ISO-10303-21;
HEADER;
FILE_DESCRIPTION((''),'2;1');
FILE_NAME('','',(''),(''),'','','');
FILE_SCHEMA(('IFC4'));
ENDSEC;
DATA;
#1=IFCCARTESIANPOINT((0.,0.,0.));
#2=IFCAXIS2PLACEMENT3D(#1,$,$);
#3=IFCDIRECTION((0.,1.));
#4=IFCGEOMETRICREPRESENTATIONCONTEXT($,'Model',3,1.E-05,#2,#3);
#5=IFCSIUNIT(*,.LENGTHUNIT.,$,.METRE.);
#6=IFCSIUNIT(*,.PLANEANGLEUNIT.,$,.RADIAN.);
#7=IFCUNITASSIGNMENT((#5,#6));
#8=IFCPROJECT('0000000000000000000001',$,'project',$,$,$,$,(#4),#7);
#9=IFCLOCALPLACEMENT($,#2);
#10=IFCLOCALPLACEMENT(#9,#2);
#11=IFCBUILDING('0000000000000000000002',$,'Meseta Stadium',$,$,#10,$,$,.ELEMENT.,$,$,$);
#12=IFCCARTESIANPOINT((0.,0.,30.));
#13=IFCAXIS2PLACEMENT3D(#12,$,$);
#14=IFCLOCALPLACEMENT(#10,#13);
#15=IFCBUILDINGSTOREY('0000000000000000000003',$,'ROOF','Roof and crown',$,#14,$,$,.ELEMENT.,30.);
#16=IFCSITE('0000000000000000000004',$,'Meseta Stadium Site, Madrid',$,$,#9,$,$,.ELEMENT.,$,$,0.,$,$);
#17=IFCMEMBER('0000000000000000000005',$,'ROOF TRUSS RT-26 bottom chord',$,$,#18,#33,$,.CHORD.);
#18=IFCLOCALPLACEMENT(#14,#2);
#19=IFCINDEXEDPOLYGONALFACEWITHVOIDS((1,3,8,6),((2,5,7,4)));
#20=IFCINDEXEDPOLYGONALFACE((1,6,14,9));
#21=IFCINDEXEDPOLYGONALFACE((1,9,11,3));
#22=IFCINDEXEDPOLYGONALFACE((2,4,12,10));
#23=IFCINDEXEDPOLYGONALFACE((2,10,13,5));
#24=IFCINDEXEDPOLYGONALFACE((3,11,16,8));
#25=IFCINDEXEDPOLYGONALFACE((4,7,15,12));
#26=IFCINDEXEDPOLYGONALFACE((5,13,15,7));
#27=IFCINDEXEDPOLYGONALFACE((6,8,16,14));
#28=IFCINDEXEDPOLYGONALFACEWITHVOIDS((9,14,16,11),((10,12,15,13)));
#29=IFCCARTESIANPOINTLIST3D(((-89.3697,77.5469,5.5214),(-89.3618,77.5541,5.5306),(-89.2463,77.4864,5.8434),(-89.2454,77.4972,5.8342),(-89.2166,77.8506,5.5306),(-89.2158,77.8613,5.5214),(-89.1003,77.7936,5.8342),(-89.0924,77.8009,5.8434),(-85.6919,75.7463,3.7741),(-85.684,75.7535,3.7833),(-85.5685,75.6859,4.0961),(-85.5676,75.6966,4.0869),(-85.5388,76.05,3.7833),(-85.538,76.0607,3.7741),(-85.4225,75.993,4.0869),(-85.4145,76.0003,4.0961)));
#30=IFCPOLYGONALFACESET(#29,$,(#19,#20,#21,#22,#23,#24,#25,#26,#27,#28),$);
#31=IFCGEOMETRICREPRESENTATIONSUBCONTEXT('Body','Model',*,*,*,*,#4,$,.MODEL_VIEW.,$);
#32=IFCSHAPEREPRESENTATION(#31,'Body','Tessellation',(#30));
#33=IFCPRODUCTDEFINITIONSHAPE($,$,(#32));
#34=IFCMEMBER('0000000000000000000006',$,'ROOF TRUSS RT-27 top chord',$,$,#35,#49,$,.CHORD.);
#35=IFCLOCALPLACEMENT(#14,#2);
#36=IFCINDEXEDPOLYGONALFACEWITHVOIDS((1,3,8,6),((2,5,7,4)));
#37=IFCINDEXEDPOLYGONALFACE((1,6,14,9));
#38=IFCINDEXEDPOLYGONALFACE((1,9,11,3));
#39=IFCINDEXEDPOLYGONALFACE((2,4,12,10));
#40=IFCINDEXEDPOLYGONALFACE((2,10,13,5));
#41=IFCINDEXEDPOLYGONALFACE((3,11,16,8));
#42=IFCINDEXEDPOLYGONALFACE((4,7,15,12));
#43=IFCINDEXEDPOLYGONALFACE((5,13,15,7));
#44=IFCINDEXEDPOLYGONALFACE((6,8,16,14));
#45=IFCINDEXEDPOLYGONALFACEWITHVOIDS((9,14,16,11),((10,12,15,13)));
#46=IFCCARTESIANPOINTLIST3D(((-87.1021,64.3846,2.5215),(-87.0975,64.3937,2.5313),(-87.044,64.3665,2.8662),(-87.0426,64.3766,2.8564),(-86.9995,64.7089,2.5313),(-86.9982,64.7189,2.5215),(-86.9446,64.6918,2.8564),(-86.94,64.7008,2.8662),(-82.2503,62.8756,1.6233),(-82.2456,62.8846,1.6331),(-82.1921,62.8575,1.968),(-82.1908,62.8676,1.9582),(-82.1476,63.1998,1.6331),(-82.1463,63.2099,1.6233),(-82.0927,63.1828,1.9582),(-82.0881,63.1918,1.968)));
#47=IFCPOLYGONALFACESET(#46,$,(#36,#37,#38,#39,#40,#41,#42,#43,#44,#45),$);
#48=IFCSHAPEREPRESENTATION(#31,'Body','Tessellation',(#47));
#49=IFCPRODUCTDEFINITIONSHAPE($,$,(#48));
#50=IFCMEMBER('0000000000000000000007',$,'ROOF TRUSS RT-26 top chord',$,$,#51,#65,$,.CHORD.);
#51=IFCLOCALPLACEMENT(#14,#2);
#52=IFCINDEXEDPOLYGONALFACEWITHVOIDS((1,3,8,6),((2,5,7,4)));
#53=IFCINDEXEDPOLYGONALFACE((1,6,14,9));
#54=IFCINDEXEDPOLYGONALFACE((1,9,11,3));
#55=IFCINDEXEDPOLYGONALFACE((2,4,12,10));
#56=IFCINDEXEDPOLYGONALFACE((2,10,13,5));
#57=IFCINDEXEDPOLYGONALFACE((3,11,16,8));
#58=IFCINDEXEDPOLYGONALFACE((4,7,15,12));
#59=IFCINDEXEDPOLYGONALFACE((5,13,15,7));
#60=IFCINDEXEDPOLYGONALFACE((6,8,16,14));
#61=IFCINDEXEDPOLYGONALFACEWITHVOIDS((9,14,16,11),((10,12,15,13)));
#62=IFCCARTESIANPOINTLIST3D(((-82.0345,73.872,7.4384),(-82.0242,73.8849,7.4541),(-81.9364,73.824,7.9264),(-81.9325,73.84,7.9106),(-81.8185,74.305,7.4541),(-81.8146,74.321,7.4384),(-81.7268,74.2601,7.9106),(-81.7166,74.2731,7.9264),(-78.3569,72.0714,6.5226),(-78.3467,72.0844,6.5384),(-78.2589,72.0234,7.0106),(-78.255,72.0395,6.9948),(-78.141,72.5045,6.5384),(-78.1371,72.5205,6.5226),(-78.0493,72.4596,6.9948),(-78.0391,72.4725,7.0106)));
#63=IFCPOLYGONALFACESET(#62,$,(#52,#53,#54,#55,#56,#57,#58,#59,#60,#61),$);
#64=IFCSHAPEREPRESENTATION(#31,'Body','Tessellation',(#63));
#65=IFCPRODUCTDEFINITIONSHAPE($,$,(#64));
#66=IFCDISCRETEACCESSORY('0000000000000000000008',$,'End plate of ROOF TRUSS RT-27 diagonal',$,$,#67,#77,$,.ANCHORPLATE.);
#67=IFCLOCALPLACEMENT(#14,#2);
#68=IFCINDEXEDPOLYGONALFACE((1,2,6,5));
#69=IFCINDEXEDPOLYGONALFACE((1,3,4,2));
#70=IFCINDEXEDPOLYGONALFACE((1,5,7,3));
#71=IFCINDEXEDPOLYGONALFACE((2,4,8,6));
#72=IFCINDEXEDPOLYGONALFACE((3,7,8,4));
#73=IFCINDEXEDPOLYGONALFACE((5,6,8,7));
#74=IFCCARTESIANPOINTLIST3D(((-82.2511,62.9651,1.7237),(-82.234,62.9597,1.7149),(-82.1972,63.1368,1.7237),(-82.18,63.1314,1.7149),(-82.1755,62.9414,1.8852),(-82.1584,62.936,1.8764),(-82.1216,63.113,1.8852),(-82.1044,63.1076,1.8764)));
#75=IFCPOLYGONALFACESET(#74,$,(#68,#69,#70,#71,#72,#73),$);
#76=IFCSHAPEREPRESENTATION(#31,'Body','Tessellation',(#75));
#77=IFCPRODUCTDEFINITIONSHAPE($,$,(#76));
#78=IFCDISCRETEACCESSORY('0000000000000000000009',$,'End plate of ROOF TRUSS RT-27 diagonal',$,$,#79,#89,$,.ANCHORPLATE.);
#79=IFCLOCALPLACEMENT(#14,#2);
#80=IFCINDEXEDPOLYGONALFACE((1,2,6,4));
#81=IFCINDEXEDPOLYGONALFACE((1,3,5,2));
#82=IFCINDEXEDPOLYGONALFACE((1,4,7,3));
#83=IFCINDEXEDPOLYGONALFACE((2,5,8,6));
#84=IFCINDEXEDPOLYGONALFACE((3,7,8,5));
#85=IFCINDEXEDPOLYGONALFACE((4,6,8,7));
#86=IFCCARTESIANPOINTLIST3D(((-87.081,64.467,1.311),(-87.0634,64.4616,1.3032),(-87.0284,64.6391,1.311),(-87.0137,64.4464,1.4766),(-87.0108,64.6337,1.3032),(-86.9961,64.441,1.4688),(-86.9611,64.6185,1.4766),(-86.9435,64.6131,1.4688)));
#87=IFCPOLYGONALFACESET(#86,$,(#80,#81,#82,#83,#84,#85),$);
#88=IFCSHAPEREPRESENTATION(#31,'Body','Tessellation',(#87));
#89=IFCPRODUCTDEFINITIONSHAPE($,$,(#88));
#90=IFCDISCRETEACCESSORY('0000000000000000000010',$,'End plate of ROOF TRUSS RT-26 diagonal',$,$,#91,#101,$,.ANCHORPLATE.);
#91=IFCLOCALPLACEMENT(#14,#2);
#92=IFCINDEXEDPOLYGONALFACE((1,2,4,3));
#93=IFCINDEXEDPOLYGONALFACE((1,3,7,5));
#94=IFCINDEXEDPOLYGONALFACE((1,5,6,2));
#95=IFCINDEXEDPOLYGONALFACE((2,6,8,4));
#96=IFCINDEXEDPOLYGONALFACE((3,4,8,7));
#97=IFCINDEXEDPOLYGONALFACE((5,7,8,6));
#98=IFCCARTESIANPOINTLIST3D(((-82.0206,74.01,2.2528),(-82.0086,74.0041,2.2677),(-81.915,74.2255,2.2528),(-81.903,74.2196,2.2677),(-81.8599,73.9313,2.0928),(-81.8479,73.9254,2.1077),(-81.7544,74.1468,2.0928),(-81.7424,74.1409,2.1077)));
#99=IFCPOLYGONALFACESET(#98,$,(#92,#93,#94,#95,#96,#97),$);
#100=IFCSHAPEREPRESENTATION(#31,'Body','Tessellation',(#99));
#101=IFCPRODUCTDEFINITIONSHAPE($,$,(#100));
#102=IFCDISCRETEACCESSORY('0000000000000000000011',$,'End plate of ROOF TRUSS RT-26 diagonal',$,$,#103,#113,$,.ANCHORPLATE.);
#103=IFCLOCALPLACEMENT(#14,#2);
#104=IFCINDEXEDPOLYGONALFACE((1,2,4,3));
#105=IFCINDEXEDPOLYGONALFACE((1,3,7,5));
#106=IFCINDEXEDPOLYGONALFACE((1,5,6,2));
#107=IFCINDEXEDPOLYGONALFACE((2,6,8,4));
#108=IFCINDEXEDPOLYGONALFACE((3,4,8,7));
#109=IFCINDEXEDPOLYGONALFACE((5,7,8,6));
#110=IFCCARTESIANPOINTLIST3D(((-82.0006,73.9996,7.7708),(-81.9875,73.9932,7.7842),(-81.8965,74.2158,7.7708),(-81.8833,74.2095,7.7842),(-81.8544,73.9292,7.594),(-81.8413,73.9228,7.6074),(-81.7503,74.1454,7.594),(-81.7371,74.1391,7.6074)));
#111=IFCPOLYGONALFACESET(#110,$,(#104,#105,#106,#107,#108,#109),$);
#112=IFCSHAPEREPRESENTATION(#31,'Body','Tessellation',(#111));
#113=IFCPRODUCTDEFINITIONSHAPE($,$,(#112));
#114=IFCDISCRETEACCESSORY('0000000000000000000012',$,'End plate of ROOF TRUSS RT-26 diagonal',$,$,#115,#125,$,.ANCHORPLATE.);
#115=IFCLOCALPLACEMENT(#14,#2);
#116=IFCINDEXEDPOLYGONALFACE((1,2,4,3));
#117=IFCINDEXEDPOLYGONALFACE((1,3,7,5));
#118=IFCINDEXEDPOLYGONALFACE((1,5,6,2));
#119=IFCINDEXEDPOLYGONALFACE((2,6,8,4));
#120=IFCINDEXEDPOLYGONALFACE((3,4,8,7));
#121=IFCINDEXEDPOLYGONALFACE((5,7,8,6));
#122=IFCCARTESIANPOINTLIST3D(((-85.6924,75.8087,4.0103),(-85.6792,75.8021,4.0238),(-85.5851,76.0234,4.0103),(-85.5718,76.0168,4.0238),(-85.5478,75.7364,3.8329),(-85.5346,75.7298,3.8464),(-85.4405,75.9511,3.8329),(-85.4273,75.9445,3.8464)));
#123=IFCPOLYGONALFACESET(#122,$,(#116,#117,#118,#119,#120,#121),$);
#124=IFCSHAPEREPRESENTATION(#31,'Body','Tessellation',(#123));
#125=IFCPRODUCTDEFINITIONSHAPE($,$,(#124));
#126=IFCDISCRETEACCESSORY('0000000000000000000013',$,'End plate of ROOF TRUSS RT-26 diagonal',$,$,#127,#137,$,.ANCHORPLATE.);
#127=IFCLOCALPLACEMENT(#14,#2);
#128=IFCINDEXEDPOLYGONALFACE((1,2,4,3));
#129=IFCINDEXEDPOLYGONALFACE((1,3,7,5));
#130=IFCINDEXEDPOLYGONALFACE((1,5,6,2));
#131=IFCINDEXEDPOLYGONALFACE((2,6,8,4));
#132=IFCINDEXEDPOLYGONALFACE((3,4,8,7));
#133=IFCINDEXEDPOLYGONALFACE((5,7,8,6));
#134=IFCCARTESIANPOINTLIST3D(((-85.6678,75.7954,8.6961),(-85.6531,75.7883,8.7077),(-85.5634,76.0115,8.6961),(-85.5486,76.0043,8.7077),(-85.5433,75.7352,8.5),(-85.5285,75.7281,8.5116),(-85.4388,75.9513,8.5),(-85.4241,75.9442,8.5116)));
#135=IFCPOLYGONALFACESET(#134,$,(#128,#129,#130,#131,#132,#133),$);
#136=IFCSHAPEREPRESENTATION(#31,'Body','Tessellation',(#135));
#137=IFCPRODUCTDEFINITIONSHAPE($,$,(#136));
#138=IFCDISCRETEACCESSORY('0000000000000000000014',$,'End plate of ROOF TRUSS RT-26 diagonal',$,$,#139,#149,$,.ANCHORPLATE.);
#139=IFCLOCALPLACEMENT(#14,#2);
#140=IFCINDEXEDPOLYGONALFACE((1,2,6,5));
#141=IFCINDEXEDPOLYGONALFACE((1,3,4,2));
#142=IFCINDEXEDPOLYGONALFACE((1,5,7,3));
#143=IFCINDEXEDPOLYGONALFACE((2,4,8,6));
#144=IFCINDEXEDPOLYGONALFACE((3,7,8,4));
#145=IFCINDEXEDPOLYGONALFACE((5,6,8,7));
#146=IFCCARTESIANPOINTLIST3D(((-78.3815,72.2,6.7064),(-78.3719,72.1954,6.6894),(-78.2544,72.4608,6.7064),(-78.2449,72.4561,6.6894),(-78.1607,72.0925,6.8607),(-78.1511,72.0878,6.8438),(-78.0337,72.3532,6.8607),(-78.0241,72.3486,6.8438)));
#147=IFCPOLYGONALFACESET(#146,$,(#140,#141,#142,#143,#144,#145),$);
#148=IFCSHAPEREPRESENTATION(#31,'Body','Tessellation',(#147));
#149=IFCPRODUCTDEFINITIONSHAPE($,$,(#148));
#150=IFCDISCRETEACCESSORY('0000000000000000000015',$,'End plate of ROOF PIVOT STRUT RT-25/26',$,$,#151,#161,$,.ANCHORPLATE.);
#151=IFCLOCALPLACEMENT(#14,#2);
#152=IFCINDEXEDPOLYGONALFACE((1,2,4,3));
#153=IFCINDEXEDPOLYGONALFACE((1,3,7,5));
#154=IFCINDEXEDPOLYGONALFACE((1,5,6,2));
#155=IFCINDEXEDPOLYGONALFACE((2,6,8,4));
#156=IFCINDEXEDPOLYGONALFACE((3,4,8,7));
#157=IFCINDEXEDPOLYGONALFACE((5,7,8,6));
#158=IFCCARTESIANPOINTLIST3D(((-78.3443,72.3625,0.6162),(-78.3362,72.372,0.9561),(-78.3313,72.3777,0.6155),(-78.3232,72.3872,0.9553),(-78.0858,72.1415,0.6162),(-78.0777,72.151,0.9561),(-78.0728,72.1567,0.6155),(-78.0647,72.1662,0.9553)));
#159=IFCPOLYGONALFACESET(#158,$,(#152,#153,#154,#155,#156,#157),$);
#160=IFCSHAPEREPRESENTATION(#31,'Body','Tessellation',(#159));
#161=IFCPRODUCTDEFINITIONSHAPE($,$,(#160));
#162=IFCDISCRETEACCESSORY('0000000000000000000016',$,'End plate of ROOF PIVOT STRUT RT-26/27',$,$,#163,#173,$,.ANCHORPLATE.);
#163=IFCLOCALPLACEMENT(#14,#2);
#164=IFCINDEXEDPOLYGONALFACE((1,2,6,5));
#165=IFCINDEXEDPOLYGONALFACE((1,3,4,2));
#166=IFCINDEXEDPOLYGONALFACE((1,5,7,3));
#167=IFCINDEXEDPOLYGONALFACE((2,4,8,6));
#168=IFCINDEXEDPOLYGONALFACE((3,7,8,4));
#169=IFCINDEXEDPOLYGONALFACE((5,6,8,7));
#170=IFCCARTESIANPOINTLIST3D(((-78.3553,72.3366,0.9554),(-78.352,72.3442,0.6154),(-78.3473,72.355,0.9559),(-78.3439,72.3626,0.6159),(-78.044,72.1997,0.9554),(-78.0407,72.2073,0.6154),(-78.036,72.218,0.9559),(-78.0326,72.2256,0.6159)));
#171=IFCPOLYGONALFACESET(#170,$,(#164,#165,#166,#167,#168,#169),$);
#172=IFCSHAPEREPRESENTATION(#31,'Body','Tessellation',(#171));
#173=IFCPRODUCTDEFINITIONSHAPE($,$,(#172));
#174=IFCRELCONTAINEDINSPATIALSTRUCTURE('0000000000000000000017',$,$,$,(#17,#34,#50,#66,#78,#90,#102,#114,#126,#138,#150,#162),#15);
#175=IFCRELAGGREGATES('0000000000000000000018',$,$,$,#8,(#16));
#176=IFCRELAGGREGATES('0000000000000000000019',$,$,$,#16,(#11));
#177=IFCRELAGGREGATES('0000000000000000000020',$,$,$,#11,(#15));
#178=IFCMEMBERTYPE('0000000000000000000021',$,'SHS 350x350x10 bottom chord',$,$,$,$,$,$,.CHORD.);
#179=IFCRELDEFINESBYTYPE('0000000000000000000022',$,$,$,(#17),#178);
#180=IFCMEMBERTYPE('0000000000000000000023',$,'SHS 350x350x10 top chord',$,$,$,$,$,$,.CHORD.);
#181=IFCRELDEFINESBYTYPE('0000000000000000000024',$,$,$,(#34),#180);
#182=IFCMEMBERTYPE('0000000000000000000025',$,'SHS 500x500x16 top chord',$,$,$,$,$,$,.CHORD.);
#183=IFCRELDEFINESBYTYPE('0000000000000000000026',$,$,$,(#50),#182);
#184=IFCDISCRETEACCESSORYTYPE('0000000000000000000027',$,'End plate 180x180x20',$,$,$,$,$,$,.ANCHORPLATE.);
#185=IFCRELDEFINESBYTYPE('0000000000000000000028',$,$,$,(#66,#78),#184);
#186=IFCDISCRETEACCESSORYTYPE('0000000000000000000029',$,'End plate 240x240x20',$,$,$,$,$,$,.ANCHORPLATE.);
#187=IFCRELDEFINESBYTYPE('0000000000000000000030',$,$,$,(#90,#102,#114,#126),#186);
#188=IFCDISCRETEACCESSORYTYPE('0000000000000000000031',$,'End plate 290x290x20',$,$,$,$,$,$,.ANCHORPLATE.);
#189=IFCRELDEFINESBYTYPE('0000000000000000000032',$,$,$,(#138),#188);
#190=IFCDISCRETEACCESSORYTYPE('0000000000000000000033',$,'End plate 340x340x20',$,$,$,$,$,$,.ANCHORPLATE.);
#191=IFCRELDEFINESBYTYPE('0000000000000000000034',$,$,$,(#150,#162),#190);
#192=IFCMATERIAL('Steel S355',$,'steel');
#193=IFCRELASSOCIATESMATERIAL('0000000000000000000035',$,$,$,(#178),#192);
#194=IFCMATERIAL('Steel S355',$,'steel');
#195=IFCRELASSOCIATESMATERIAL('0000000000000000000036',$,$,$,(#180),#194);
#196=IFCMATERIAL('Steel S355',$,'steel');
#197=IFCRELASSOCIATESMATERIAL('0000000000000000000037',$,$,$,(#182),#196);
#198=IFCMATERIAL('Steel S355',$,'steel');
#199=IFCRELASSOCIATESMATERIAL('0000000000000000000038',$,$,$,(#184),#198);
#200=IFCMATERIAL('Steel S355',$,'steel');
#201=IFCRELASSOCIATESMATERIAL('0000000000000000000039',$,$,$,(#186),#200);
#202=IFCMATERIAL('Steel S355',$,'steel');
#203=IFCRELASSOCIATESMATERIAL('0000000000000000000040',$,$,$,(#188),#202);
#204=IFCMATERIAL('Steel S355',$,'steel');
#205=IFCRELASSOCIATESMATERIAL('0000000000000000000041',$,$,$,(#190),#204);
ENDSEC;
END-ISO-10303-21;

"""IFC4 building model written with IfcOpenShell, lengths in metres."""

from ifc_helpers import new_model, si_unit, direction, frame, origin, origin_2d, place, context, subcontext, project, spatial, rectangle, hollow_rectangle, extrude, material, material_profile, profile_set, type_object, element, save


model = new_model("IFC4")

# Units and contexts
model_context = context("Model", 3, precision=1e-05, world=origin(), true_north=direction((0.0, 1.0)))
body_context = subcontext(model_context, "Body", "Model", "MODEL_VIEW")
ifc_project = project(units=[si_unit("LENGTHUNIT", "METRE"), si_unit("PLANEANGLEUNIT", "RADIAN")], contexts=[model_context])

# Site, building, storey
site_placement = place(None, origin())
site = spatial("IfcSite", under=ifc_project, at=site_placement, Name="Meseta Stadium Site, Madrid", CompositionType="ELEMENT", RefElevation=0.0)
building_placement = place(site_placement, origin())
building = spatial("IfcBuilding", under=site, at=building_placement, Name="Meseta Stadium", CompositionType="ELEMENT")
storey_placement = place(building_placement, frame((0.0, 0.0, 30.0)))
storey = spatial("IfcBuildingStorey", under=building, at=storey_placement, Name="ROOF", Description="Roof and crown", CompositionType="ELEMENT", Elevation=30.0)

# Members
ifc_material_1 = material(Name="Steel S355", Category="steel")
ifc_material_profile_1 = material_profile(ifc_material_1, hollow_rectangle(XDim=0.3501, YDim=0.3501, WallThickness=0.01, at=origin_2d()), Name="SHS 350x350x10")
ifc_profile_set_1 = profile_set([ifc_material_profile_1], Name="Steel S355")
member_type_1 = type_object("IfcMemberType", Name="SHS 350x350x10 bottom chord", PredefinedType="CHORD", material=ifc_profile_set_1)
for number, where, z_axis, x_axis, name in (
    (1, (-85.5532, 75.8733, 3.9351), (-0.826076, 0.404429, 0.392474), (-0.439709, -0.89814, 0.0), "ROOF TRUSS RT-26 bottom chord"),
):
    element("IfcMember", number, at=place(storey_placement, frame(where, z_axis=z_axis, x_axis=x_axis)), inside=storey, type_object=member_type_1, Name=name, PredefinedType="CHORD", context=body_context, shape_type="SweptSolid", body=[
        extrude(hollow_rectangle(XDim=0.3501, YDim=0.3501, WallThickness=0.01, at=origin_2d()), origin(), (0.0, 0.0, 1.0), 4.4521),
    ])
ifc_material_2 = material(Name="Steel S355", Category="steel")
ifc_material_profile_2 = material_profile(ifc_material_2, hollow_rectangle(XDim=0.3501, YDim=0.3501, WallThickness=0.01, at=origin_2d()), Name="SHS 350x350x10")
ifc_profile_set_2 = profile_set([ifc_material_profile_2], Name="Steel S355")
member_type_2 = type_object("IfcMemberType", Name="SHS 350x350x10 top chord", PredefinedType="CHORD", material=ifc_profile_set_2)
member_1_placement = place(storey_placement, frame((-82.1692, 63.0337, 1.7957), z_axis=(-0.940302, 0.292457, 0.174074), x_axis=(-0.296992, -0.95488, 0.0)))
element("IfcMember", 2, at=member_1_placement, inside=storey, type_object=member_type_2, Name="ROOF TRUSS RT-27 top chord", PredefinedType="CHORD", context=body_context, shape_type="SweptSolid", body=[
    extrude(hollow_rectangle(XDim=0.3501, YDim=0.3501, WallThickness=0.01, at=origin_2d()), origin(), (0.0, 0.0, 1.0), 5.1599),
])
ifc_material_3 = material(Name="Steel S355", Category="steel")
ifc_material_profile_3 = material_profile(ifc_material_3, hollow_rectangle(XDim=0.5, YDim=0.5, WallThickness=0.0161, at=origin_2d()), Name="SHS 500x500x16")
ifc_profile_set_3 = profile_set([ifc_material_profile_3], Name="Steel S355")
member_type_3 = type_object("IfcMemberType", Name="SHS 500x500x16 top chord", PredefinedType="CHORD", material=ifc_profile_set_3)
member_2_placement = place(storey_placement, frame((-78.198, 72.272, 6.7666), z_axis=(-0.876475, 0.429131, 0.218261), x_axis=(-0.439733, -0.898129, 0.0)))
element("IfcMember", 3, at=member_2_placement, inside=storey, type_object=member_type_3, Name="ROOF TRUSS RT-26 top chord", PredefinedType="CHORD", context=body_context, shape_type="SweptSolid", body=[
    extrude(hollow_rectangle(XDim=0.5, YDim=0.5, WallThickness=0.0161, at=origin_2d()), origin(), (0.0, 0.0, 1.0), 4.1958),
])

# Discrete accessories
ifc_material_4 = material(Name="Steel S355", Category="steel")
ifc_material_profile_4 = material_profile(ifc_material_4, rectangle(XDim=0.1799, YDim=0.1799, at=origin_2d()), Name="PL 180x180")
ifc_profile_set_4 = profile_set([ifc_material_profile_4], Name="Steel S355")
discrete_accessory_type_1 = type_object("IfcDiscreteAccessoryType", Name="End plate 180x180x20", PredefinedType="ANCHORPLATE", material=ifc_profile_set_4)
for number, where, z_axis, x_axis, name in (
    (4, (-82.1692, 63.0337, 1.7957), (-0.856465, 0.269175, 0.440468), (-0.299827, -0.953994, 0.0), "End plate of ROOF TRUSS RT-27 diagonal"),
    (5, (-87.0034, 64.5374, 1.386), (-0.880146, 0.268933, 0.391176), (-0.292219, -0.956352, 0.0), "End plate of ROOF TRUSS RT-27 diagonal"),
):
    element("IfcDiscreteAccessory", number, at=place(storey_placement, frame(where, z_axis=z_axis, x_axis=x_axis)), inside=storey, type_object=discrete_accessory_type_1, Name=name, PredefinedType="ANCHORPLATE", context=body_context, shape_type="SweptSolid", body=[
        extrude(rectangle(XDim=0.1799, YDim=0.1799, at=origin_2d()), origin(), (0.0, 0.0, 1.0), 0.02),
    ])
ifc_material_5 = material(Name="Steel S355", Category="steel")
ifc_material_profile_5 = material_profile(ifc_material_5, rectangle(XDim=0.24, YDim=0.24, at=origin_2d()), Name="PL 240x240")
ifc_profile_set_5 = profile_set([ifc_material_profile_5], Name="Steel S355")
discrete_accessory_type_2 = type_object("IfcDiscreteAccessoryType", Name="End plate 240x240x20", PredefinedType="ANCHORPLATE", material=ifc_profile_set_5)
discrete_accessory_1_placement = place(storey_placement, frame((-81.8755, 74.0725, 2.1877), z_axis=(-0.59872, 0.29325, -0.745345), x_axis=(-0.439867, -0.898063, 0.0)))
element("IfcDiscreteAccessory", 6, at=discrete_accessory_1_placement, inside=storey, type_object=discrete_accessory_type_2, Name="End plate of ROOF TRUSS RT-26 diagonal", PredefinedType="ANCHORPLATE", context=body_context, shape_type="SweptSolid", body=[
    extrude(rectangle(XDim=0.24, YDim=0.24, at=origin_2d()), origin(), (0.0, 0.0, 1.0), 0.02),
])
discrete_accessory_2_placement = place(storey_placement, frame((-81.8623, 74.0662, 7.6958), z_axis=(-0.66384, 0.319627, -0.676133), x_axis=(-0.433816, -0.901002, 0.0)))
element("IfcDiscreteAccessory", 7, at=discrete_accessory_2_placement, inside=storey, type_object=discrete_accessory_type_2, Name="End plate of ROOF TRUSS RT-26 diagonal", PredefinedType="ANCHORPLATE", context=body_context, shape_type="SweptSolid", body=[
    extrude(rectangle(XDim=0.24, YDim=0.24, at=origin_2d()), origin(), (0.0, 0.0, 1.0), 0.0198),
])
for number, where, z_axis, x_axis, name in (
    (8, (-85.5532, 75.8733, 3.9351), (-0.661197, 0.330598, -0.673441), (-0.447214, -0.894427, 0.0), "End plate of ROOF TRUSS RT-26 diagonal"),
    (9, (-85.5386, 75.8662, 8.6096), (-0.735767, 0.355621, -0.576351), (-0.435169, -0.900349, 0.0), "End plate of ROOF TRUSS RT-26 diagonal"),
):
    element("IfcDiscreteAccessory", number, at=place(storey_placement, frame(where, z_axis=z_axis, x_axis=x_axis)), inside=storey, type_object=discrete_accessory_type_2, Name=name, PredefinedType="ANCHORPLATE", context=body_context, shape_type="SweptSolid", body=[
        extrude(rectangle(XDim=0.24, YDim=0.24, at=origin_2d()), origin(), (0.0, 0.0, 1.0), 0.02),
    ])
ifc_material_6 = material(Name="Steel S355", Category="steel")
ifc_material_profile_6 = material_profile(ifc_material_6, rectangle(XDim=0.29, YDim=0.29, at=origin_2d()), Name="PL 290x290")
ifc_profile_set_6 = profile_set([ifc_material_profile_6], Name="Steel S355")
discrete_accessory_type_3 = type_object("IfcDiscreteAccessoryType", Name="End plate 290x290x20", PredefinedType="ANCHORPLATE", material=ifc_profile_set_6)
discrete_accessory_3_placement = place(storey_placement, frame((-78.198, 72.272, 6.7666), z_axis=(-0.478501, 0.233116, 0.846578), x_axis=(-0.437969, -0.89899, 0.0)))
element("IfcDiscreteAccessory", 10, at=discrete_accessory_3_placement, inside=storey, type_object=discrete_accessory_type_3, Name="End plate of ROOF TRUSS RT-26 diagonal", PredefinedType="ANCHORPLATE", context=body_context, shape_type="SweptSolid", body=[
    extrude(rectangle(XDim=0.29, YDim=0.29, at=origin_2d()), origin(), (0.0, 0.0, 1.0), 0.02),
])
ifc_material_7 = material(Name="Steel S355", Category="steel")
ifc_material_profile_7 = material_profile(ifc_material_7, rectangle(XDim=0.3401, YDim=0.3401, at=origin_2d()), Name="PL 340x340")
ifc_profile_set_7 = profile_set([ifc_material_profile_7], Name="Steel S355")
discrete_accessory_type_4 = type_object("IfcDiscreteAccessoryType", Name="End plate 340x340x20", PredefinedType="ANCHORPLATE", material=ifc_profile_set_7)
for number, where, z_axis, x_axis, name in (
    (11, (-78.198, 72.272, 0.7854), (-0.649342, -0.759608, 0.036755), (0.760121, -0.649781, 0.0), "End plate of ROOF PIVOT STRUT RT-25/26"),
    (12, (-78.1899, 72.2903, 0.7859), (-0.402619, -0.915042, -0.024401), (0.915315, -0.402739, 0.0), "End plate of ROOF PIVOT STRUT RT-26/27"),
):
    element("IfcDiscreteAccessory", number, at=place(storey_placement, frame(where, z_axis=z_axis, x_axis=x_axis)), inside=storey, type_object=discrete_accessory_type_4, Name=name, PredefinedType="ANCHORPLATE", context=body_context, shape_type="SweptSolid", body=[
        extrude(rectangle(XDim=0.3401, YDim=0.3401, at=origin_2d()), origin(), (0.0, 0.0, 1.0), 0.02),
    ])

save(model, "model.ifc")
